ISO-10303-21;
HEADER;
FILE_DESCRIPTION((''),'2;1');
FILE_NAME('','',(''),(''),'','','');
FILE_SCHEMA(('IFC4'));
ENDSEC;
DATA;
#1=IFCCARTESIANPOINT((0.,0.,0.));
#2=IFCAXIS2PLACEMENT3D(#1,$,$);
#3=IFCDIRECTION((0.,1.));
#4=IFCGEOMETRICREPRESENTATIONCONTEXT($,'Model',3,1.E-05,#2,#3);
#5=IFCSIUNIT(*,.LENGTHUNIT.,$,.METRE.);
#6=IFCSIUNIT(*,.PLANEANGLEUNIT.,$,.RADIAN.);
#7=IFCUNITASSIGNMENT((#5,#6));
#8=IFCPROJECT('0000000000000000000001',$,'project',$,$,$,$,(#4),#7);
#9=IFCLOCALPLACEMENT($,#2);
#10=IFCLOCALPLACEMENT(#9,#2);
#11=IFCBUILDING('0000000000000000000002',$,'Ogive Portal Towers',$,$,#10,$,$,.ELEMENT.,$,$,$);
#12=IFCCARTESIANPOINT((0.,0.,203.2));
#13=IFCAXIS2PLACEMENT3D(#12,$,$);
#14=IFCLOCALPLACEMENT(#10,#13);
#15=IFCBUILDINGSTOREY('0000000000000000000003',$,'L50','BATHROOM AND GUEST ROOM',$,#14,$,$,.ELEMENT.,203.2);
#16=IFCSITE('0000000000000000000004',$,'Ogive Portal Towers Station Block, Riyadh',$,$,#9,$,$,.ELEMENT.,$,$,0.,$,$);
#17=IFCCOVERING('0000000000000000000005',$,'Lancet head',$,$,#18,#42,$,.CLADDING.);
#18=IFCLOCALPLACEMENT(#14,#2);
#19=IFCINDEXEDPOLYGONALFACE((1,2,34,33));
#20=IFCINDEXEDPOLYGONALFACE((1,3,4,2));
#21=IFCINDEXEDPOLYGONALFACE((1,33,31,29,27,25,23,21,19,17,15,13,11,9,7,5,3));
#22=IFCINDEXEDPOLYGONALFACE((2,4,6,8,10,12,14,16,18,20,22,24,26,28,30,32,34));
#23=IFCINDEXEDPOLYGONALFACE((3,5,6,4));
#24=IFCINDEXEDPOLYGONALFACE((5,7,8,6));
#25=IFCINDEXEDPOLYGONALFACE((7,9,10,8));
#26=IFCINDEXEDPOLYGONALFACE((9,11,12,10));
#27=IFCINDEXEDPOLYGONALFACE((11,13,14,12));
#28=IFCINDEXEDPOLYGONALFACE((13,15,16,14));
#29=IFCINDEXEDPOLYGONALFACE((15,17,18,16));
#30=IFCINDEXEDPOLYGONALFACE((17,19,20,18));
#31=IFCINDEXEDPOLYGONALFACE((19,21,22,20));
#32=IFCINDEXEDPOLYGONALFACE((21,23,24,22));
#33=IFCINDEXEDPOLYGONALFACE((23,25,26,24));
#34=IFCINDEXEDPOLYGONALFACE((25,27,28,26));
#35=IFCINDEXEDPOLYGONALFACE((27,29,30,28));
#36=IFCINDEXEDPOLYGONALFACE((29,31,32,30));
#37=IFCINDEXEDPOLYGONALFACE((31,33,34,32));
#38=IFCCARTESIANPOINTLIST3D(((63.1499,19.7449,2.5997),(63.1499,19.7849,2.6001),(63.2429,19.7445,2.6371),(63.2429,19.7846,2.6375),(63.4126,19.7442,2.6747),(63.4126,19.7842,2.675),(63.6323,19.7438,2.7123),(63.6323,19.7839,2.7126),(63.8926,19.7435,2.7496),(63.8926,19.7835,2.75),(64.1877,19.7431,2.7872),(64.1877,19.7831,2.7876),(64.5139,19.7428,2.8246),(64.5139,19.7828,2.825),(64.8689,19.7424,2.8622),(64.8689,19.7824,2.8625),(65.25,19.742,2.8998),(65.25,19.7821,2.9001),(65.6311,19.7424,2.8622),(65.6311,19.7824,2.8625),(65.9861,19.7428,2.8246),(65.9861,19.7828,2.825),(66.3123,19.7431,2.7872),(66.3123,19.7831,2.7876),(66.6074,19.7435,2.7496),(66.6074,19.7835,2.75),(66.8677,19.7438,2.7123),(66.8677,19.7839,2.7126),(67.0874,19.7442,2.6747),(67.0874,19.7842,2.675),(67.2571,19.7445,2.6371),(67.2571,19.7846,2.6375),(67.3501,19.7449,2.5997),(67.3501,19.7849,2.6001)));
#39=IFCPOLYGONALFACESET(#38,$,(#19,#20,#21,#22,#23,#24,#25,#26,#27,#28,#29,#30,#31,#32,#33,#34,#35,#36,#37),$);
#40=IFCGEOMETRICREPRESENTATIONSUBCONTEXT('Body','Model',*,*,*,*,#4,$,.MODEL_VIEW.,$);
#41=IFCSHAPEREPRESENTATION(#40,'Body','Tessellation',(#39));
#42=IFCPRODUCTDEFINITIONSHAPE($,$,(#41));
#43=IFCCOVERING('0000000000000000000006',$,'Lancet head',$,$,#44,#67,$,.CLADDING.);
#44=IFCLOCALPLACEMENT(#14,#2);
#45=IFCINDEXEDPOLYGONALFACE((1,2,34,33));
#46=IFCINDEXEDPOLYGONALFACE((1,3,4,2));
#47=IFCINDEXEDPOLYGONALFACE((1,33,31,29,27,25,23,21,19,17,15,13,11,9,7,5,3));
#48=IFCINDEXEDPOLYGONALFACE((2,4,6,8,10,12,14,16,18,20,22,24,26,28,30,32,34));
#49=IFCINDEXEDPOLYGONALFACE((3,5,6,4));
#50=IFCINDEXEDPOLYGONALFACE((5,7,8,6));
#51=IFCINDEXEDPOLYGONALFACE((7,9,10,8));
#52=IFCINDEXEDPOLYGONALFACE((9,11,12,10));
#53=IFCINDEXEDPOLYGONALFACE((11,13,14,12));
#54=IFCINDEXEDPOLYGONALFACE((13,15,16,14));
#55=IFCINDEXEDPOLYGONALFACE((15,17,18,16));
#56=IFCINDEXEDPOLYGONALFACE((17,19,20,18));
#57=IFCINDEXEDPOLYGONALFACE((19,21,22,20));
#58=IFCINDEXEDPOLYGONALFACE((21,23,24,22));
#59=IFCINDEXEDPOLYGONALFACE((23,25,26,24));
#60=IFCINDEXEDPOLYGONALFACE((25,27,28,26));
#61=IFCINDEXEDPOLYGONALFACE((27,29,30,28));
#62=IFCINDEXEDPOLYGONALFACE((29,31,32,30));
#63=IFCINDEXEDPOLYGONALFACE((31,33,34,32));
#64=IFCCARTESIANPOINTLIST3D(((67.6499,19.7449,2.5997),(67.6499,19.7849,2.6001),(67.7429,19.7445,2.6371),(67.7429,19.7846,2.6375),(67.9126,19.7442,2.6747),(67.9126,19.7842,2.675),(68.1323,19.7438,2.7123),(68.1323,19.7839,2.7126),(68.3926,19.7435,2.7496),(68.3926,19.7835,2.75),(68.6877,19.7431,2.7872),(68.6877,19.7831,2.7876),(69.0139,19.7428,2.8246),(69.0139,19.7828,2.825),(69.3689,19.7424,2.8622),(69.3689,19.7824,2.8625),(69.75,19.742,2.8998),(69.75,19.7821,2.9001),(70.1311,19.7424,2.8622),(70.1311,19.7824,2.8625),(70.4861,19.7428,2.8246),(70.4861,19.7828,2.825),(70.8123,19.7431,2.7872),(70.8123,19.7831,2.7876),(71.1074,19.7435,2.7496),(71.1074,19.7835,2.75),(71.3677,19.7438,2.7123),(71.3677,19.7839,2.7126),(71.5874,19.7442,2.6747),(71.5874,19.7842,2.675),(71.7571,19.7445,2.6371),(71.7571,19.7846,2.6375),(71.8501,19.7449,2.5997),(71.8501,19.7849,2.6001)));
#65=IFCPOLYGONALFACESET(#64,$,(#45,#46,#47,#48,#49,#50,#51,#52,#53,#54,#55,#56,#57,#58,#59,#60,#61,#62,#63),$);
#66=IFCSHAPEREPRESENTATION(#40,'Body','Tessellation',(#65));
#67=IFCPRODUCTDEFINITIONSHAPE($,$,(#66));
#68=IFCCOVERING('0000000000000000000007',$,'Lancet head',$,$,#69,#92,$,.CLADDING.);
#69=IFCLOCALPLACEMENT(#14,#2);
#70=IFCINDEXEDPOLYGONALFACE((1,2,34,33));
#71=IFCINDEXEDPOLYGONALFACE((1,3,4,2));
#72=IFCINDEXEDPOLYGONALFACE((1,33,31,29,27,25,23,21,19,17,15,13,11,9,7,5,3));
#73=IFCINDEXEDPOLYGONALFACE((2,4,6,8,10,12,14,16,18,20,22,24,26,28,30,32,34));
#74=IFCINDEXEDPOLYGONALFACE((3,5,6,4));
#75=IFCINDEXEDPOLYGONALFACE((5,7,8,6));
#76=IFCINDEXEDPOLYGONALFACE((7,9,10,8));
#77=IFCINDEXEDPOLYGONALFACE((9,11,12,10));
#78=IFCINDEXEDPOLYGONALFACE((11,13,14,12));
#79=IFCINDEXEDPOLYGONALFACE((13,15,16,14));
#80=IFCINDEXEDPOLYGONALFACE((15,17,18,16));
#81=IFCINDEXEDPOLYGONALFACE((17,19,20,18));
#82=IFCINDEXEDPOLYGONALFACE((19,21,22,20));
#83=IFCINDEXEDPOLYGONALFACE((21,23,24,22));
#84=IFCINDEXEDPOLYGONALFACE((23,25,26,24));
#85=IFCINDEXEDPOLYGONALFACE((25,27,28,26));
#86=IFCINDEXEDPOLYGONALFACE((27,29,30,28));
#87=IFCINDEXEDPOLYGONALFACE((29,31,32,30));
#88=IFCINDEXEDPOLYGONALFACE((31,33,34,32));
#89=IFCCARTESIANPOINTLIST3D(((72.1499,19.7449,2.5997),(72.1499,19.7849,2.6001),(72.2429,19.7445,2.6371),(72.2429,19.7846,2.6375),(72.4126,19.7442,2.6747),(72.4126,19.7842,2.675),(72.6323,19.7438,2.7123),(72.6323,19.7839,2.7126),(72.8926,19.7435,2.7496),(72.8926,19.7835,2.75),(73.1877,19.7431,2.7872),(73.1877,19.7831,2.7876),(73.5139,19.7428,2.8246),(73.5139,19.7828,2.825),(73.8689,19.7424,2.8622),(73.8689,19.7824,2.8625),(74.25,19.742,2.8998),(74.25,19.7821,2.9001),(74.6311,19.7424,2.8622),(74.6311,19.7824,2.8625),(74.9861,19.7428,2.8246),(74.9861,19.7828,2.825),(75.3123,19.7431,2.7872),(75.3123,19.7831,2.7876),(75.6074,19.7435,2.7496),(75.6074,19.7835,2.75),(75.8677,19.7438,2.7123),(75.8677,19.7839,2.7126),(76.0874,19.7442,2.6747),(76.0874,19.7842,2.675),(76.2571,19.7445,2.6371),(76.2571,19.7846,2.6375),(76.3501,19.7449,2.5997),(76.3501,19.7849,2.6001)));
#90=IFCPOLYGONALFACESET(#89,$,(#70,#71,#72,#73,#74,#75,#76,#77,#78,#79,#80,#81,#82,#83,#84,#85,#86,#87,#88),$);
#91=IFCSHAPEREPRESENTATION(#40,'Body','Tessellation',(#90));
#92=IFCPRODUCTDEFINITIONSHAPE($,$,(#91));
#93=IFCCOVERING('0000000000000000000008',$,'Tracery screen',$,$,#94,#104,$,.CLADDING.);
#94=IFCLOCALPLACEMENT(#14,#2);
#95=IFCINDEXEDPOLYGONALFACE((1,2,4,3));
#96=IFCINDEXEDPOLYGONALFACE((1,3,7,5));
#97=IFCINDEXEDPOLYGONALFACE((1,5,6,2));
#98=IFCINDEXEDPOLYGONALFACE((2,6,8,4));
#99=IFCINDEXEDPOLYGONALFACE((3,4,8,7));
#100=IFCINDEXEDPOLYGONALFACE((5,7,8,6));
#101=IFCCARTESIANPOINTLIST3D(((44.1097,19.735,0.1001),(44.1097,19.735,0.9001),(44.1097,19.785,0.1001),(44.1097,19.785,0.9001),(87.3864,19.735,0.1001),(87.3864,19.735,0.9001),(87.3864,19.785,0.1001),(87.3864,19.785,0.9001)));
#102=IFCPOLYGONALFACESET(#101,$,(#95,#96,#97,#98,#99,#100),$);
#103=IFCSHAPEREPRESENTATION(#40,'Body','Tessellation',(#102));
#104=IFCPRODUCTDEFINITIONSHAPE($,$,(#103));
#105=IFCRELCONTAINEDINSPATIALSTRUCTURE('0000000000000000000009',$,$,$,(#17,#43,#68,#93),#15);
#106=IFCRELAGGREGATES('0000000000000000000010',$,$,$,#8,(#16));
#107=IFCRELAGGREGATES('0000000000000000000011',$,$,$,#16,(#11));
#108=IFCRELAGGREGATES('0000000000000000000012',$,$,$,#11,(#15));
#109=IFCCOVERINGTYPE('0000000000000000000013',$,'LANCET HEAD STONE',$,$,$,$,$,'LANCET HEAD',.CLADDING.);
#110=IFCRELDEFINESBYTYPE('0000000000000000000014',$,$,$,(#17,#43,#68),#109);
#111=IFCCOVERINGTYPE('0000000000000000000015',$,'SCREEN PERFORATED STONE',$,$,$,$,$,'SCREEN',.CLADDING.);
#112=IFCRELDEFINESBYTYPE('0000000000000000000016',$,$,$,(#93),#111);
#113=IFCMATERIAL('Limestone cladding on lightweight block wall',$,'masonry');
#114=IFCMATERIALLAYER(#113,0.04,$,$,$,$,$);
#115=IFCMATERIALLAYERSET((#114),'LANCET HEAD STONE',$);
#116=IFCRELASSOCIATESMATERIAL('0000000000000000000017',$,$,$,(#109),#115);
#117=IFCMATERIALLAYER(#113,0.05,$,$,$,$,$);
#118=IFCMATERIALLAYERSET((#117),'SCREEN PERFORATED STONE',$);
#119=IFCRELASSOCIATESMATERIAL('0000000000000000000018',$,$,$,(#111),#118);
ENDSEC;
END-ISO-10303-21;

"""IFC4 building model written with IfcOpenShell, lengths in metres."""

from ifc_helpers import new_model, si_unit, direction, frame, origin, origin_2d, place, context, subcontext, project, spatial, polyline, rectangle, outline, extrude, material, layer, layer_set, type_object, element, save


model = new_model("IFC4")

# Units and contexts
model_context = context("Model", 3, precision=1e-05, world=origin(), true_north=direction((0.0, 1.0)))
body_context = subcontext(model_context, "Body", "Model", "MODEL_VIEW")
ifc_project = project(units=[si_unit("LENGTHUNIT", "METRE"), si_unit("PLANEANGLEUNIT", "RADIAN")], contexts=[model_context])

# Site, building, storey
site_placement = place(None, origin())
site = spatial("IfcSite", under=ifc_project, at=site_placement, Name="Ogive Portal Towers Station Block, Riyadh", CompositionType="ELEMENT", RefElevation=0.0)
building_placement = place(site_placement, origin())
building = spatial("IfcBuilding", under=site, at=building_placement, Name="Ogive Portal Towers", CompositionType="ELEMENT")
storey_placement = place(building_placement, frame((0.0, 0.0, 203.2)))
storey = spatial("IfcBuildingStorey", under=building, at=storey_placement, Name="L50", Description="BATHROOM AND GUEST ROOM", CompositionType="ELEMENT", Elevation=203.2)

# Coverings
ifc_material_1 = material(Name="Limestone cladding on lightweight block wall", Category="masonry")
ifc_layer_1 = layer(ifc_material_1, 0.04)
ifc_layer_set_1 = layer_set([ifc_layer_1], Name="LANCET HEAD STONE")
covering_type_1 = type_object("IfcCoveringType", Name="LANCET HEAD STONE", ElementType="LANCET HEAD", PredefinedType="CLADDING", material=ifc_layer_set_1)
for number, where, z_axis, x_axis, name in (
    (1, (63.1499, 19.7849, 2.6001), (0.0, 0.999956, 0.009428), (1.0, 0.0, 0.0), "Lancet head"),
    (2, (67.6499, 19.7849, 2.6001), (0.0, 0.999956, 0.009428), (1.0, 0.0, 0.0), "Lancet head"),
    (3, (72.1499, 19.7849, 2.6001), (0.0, 0.999956, 0.009428), (1.0, 0.0, 0.0), "Lancet head"),
):
    element("IfcCovering", number, at=place(storey_placement, frame(where, z_axis=z_axis, x_axis=x_axis)), inside=storey, type_object=covering_type_1, Name=name, PredefinedType="CLADDING", context=body_context, shape_type="SweptSolid", body=[
        extrude(outline(polyline([(0.0, 0.0), (4.2002, 0.0), (4.1072, -0.0374), (3.9375, -0.075), (3.7178, -0.1126), (3.4575, -0.1499), (3.1624, -0.1875), (2.8362, -0.2249), (2.4812, -0.2625), (2.1001, -0.3001), (1.719, -0.2625), (1.364, -0.2249), (1.0378, -0.1875), (0.7427, -0.1499), (0.4824, -0.1126), (0.2627, -0.075), (0.093, -0.0374), (0.0, 0.0)])), origin(), (0.0, 0.0, -1.0), 0.04),
    ])
ifc_layer_2 = layer(ifc_material_1, 0.05)
ifc_layer_set_2 = layer_set([ifc_layer_2], Name="SCREEN PERFORATED STONE")
covering_type_2 = type_object("IfcCoveringType", Name="SCREEN PERFORATED STONE", ElementType="SCREEN", PredefinedType="CLADDING", material=ifc_layer_set_2)
covering_placement = place(storey_placement, frame((65.748, 19.76, 0.1001), z_axis=(0.0, 0.0, 1.0), x_axis=(1.0, 0.0, 0.0)))
element("IfcCovering", 4, at=covering_placement, inside=storey, type_object=covering_type_2, Name="Tracery screen", PredefinedType="CLADDING", context=body_context, shape_type="SweptSolid", body=[
    extrude(rectangle(XDim=43.2766, YDim=0.05, at=origin_2d()), origin(), (0.0, 0.0, 1.0), 0.8),
])

save(model, "model.ifc")
